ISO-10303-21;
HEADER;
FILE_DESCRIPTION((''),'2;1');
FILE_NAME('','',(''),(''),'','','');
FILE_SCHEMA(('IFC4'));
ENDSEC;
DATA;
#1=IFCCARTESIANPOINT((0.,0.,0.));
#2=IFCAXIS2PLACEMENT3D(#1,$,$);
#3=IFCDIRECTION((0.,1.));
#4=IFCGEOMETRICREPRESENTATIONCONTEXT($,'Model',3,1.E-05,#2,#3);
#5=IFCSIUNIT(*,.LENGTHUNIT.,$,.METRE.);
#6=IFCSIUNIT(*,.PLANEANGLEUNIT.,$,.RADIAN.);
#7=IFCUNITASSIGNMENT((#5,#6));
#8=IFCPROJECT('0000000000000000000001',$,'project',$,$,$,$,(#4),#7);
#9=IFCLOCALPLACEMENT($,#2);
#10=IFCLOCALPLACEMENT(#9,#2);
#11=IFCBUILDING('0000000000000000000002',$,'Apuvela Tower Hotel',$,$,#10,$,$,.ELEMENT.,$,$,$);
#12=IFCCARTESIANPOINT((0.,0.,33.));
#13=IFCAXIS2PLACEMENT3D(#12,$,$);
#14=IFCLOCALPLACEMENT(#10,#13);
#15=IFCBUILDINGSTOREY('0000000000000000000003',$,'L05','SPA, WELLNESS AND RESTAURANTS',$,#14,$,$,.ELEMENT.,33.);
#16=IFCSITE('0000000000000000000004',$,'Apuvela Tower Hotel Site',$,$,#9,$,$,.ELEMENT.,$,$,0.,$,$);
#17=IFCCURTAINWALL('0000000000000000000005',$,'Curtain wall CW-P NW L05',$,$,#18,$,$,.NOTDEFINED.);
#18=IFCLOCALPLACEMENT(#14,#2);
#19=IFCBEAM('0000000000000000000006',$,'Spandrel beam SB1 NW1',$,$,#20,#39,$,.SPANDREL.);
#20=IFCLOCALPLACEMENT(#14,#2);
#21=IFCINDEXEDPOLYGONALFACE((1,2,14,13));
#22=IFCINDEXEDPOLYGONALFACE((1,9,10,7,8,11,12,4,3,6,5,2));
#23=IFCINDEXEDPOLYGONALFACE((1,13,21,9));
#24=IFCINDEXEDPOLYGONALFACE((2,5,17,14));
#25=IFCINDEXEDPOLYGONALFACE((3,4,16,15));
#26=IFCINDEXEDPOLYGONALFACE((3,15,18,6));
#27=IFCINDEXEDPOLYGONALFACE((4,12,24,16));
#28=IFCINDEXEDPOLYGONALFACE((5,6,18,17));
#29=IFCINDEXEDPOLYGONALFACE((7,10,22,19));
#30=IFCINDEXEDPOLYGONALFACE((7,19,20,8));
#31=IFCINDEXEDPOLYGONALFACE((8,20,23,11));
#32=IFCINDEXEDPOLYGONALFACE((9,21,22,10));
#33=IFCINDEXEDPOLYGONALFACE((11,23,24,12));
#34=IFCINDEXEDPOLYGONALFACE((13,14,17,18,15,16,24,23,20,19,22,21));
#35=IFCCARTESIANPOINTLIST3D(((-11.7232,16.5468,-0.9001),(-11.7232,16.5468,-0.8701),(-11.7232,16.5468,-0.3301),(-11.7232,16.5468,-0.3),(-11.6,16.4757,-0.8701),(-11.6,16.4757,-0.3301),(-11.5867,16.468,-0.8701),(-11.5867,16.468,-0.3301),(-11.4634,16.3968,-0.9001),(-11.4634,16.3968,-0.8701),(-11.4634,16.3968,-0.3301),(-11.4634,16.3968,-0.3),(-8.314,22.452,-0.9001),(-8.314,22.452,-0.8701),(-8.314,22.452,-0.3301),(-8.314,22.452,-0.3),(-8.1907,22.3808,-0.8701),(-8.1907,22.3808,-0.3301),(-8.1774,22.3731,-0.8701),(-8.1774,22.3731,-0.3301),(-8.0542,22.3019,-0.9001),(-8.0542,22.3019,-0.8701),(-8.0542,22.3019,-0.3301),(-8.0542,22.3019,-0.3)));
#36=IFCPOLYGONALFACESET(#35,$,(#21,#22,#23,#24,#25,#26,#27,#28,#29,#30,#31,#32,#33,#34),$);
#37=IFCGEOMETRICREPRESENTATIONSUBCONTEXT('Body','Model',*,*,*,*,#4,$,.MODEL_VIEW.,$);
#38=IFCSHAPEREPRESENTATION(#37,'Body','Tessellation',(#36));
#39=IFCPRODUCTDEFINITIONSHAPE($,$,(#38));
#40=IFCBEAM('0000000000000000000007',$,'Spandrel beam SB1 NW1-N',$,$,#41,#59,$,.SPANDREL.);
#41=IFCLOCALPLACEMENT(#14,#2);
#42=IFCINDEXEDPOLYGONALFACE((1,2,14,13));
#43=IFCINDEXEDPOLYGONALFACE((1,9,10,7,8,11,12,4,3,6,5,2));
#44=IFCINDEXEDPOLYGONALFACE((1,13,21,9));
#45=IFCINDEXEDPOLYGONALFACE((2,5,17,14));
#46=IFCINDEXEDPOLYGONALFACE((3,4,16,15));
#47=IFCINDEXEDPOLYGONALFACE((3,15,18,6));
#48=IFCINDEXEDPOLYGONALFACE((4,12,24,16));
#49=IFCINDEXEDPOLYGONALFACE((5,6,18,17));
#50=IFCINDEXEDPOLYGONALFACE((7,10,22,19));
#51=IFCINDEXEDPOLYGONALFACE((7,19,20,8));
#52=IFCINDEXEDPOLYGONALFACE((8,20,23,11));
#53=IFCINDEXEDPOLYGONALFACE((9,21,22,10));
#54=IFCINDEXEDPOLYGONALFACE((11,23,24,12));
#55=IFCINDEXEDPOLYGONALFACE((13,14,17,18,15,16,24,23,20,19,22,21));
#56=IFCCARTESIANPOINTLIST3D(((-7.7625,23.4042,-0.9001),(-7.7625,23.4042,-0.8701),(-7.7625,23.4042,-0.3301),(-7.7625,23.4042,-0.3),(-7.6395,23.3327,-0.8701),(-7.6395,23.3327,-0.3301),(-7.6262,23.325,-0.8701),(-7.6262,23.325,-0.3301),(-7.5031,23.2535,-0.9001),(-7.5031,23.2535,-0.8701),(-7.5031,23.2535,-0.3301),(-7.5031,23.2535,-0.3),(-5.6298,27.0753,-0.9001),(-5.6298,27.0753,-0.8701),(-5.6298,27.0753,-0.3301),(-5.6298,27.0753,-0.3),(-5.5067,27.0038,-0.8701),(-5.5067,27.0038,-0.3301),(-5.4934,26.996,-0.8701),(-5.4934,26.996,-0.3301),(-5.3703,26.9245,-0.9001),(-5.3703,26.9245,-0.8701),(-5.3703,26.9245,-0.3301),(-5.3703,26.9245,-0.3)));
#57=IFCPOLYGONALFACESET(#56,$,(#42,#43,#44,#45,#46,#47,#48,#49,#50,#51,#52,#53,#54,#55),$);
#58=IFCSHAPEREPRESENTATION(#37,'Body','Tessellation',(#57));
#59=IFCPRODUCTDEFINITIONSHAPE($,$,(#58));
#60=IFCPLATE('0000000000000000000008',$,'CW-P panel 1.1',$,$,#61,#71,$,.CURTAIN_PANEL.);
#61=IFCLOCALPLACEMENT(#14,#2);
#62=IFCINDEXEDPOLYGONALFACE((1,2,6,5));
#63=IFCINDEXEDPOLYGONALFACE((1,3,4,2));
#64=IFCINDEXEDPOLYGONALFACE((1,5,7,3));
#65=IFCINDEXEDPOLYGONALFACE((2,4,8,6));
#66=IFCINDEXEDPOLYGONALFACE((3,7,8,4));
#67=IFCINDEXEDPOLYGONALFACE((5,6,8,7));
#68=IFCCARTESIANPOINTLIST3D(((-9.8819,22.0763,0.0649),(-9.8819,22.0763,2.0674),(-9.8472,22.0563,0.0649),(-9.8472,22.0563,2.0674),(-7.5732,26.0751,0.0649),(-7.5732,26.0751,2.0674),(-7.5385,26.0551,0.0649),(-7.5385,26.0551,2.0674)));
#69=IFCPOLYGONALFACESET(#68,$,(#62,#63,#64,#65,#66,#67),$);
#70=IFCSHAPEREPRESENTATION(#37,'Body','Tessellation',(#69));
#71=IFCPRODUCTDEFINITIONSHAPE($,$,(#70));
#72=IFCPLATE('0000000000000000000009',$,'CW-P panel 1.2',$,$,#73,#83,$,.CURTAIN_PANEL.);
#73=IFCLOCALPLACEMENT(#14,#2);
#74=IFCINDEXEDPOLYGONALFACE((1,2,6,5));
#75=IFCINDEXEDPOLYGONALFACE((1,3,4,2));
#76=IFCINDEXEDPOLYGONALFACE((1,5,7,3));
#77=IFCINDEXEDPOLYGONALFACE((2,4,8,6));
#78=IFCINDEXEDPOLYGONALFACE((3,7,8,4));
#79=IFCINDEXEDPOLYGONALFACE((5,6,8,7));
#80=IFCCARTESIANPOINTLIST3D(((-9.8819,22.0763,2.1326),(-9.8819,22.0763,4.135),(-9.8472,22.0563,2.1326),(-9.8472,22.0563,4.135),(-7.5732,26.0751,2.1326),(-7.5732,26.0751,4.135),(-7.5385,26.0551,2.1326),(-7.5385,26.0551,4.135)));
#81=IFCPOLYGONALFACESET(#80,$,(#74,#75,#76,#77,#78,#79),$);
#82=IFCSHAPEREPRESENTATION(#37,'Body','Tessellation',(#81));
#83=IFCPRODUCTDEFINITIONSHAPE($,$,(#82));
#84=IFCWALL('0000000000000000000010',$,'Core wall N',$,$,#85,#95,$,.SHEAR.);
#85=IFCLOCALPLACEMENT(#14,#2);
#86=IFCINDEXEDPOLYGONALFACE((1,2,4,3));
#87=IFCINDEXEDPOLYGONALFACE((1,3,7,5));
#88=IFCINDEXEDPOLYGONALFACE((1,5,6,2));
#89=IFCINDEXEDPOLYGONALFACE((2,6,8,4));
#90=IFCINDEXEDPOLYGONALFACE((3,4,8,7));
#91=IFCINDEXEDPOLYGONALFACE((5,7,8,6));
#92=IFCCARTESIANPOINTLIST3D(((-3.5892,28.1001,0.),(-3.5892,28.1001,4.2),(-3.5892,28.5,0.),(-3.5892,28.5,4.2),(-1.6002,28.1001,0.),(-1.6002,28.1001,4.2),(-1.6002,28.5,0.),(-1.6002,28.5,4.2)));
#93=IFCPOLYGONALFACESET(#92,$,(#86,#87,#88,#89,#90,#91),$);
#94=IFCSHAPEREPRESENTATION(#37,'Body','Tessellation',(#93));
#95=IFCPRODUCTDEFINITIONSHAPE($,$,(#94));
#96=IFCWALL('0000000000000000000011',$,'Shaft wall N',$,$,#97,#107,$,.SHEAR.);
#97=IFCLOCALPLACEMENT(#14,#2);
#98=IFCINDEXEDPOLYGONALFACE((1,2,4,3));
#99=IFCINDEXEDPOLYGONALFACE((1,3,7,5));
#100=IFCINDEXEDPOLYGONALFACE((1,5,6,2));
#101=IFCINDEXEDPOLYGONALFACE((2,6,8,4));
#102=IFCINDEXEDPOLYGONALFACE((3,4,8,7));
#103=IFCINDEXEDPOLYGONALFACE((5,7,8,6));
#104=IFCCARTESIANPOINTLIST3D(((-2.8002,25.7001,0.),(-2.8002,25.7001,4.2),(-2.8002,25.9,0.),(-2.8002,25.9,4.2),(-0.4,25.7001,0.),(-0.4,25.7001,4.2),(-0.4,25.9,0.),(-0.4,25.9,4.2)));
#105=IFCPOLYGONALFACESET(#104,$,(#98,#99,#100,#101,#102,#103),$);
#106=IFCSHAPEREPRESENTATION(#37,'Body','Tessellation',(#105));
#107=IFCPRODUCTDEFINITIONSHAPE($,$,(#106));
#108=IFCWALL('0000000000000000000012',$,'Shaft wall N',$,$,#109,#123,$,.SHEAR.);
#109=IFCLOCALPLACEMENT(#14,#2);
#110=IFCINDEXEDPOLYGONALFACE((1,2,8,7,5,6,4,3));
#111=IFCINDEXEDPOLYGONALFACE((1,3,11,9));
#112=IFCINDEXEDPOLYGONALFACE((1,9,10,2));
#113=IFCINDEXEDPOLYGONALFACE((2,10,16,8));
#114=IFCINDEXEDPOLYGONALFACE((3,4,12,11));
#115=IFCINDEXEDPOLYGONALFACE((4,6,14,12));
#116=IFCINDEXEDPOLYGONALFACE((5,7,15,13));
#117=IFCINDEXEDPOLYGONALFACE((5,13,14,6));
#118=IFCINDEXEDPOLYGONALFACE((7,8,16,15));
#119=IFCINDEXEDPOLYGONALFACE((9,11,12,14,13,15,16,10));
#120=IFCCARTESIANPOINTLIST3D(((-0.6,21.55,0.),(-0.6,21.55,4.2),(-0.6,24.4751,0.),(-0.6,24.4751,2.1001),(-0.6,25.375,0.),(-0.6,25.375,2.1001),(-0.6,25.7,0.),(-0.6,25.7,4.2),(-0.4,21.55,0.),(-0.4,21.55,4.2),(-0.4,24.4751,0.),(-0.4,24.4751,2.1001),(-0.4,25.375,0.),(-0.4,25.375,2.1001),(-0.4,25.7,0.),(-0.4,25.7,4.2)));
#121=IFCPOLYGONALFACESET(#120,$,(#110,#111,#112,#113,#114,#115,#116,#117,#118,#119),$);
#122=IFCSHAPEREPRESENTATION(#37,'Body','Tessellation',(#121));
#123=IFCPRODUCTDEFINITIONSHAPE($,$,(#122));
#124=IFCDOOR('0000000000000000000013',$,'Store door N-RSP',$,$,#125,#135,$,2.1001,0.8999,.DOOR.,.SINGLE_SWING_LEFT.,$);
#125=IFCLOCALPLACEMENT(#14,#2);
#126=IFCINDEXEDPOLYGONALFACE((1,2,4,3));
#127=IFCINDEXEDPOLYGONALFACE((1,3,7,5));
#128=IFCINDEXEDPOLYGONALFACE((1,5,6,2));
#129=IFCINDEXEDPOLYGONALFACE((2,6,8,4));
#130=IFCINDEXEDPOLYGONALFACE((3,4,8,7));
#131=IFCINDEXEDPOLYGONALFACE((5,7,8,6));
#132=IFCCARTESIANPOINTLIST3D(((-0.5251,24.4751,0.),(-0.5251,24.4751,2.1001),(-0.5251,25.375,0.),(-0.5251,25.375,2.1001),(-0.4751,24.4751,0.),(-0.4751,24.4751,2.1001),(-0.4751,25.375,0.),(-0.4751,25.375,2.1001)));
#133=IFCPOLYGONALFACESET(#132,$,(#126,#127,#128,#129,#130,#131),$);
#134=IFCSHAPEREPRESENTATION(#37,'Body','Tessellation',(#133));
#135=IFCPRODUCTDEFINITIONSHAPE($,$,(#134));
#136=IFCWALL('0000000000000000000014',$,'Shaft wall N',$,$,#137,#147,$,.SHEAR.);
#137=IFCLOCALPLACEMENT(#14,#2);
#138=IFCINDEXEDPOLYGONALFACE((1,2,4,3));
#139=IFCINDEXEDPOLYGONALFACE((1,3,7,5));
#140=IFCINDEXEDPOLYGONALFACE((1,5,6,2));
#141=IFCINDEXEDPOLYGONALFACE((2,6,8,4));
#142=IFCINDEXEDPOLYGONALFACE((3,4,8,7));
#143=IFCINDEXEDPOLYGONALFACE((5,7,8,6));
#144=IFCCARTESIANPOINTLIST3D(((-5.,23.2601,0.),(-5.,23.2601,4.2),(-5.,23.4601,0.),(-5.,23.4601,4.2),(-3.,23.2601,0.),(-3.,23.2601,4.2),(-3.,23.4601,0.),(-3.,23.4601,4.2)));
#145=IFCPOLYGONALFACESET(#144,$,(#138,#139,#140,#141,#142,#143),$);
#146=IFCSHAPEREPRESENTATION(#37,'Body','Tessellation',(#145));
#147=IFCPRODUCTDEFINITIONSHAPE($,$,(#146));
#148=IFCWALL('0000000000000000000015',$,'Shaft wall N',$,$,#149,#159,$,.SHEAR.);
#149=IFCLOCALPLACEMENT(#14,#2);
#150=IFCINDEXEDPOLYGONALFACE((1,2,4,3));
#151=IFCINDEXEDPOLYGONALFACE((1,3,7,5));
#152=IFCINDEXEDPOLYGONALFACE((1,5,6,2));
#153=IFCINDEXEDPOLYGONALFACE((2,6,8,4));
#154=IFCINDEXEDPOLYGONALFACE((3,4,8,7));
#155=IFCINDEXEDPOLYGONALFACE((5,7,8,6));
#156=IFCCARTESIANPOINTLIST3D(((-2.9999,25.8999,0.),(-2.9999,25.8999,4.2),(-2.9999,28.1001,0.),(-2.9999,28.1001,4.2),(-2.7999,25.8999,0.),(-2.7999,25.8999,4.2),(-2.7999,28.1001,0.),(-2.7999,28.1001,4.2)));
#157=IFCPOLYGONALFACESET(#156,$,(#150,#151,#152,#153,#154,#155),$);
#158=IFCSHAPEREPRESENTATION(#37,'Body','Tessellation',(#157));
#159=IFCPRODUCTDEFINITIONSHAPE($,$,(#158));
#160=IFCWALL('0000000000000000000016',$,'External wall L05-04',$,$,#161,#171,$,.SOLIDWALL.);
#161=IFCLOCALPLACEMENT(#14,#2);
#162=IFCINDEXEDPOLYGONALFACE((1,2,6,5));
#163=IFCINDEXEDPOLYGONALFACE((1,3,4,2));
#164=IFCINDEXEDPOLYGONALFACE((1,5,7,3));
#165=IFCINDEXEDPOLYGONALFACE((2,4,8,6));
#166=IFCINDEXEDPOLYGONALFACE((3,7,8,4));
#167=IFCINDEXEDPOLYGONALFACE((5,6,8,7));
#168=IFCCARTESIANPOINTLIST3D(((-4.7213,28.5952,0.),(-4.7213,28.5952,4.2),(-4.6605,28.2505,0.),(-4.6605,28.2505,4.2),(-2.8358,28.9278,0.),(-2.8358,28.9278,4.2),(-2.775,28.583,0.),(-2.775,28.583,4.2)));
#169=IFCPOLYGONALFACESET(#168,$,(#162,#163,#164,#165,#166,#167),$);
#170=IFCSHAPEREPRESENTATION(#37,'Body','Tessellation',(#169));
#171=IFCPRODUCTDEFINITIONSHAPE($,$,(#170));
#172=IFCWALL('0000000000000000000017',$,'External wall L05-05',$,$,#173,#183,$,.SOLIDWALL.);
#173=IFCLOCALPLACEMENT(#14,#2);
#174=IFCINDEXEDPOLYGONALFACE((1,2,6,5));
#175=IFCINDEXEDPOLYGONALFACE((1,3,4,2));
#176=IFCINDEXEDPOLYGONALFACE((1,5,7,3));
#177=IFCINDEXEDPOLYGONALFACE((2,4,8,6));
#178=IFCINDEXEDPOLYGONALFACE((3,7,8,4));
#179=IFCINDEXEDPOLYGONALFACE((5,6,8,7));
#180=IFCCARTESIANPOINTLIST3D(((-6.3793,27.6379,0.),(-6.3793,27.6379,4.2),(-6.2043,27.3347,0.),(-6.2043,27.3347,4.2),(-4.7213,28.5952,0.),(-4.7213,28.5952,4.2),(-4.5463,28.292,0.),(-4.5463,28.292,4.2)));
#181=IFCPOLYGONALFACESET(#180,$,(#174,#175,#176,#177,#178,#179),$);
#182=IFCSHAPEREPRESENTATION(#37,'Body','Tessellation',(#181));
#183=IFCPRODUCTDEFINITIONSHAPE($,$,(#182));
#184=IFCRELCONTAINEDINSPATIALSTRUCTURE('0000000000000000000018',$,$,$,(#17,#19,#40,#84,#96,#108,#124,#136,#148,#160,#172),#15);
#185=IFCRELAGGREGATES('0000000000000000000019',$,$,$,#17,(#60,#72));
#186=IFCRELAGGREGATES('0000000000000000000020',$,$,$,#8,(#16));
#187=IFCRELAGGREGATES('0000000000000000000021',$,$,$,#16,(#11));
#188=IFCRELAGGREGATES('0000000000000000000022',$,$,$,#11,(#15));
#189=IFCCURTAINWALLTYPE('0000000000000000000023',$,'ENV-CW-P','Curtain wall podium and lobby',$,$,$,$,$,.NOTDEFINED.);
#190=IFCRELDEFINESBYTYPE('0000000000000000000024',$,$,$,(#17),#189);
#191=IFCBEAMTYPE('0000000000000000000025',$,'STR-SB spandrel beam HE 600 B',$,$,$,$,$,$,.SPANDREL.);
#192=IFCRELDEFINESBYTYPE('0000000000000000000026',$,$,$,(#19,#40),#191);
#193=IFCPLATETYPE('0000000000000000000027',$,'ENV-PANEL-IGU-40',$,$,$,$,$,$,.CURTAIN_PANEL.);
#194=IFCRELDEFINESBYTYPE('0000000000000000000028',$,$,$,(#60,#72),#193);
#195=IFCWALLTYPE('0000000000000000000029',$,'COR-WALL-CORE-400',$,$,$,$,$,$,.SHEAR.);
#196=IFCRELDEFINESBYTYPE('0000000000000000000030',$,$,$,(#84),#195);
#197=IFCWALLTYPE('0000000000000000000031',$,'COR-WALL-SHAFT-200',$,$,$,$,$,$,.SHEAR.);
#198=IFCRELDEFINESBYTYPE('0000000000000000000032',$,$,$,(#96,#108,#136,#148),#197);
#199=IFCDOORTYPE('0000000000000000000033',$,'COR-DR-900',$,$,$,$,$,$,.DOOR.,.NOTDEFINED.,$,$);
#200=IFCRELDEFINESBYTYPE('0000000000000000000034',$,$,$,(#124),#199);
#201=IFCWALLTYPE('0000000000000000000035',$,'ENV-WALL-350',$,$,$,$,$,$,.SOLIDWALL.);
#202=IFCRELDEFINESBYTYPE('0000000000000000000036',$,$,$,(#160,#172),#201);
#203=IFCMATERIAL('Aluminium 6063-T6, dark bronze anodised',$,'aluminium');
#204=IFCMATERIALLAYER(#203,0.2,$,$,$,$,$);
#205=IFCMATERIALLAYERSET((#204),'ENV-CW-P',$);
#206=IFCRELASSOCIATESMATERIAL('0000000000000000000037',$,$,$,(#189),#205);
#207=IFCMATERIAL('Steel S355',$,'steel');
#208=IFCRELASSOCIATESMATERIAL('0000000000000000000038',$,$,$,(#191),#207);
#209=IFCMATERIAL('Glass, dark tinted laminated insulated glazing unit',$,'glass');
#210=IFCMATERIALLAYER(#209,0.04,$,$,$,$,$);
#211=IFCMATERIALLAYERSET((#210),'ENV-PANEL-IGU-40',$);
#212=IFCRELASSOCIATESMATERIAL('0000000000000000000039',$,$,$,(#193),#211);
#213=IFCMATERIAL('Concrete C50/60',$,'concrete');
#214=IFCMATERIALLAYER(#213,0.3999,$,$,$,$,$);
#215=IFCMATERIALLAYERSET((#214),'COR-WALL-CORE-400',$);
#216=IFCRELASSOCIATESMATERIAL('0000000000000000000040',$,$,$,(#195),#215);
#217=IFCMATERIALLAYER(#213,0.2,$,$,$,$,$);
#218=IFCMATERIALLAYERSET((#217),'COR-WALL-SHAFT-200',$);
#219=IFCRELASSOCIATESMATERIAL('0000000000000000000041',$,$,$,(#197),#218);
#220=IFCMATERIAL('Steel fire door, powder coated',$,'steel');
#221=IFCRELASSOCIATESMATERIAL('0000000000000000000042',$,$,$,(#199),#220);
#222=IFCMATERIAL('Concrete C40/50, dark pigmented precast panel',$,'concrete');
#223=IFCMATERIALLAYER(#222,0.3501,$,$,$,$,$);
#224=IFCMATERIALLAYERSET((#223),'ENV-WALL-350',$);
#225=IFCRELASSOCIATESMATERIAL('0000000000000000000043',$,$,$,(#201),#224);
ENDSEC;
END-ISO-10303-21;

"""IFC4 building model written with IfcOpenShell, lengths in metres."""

from ifc_helpers import new_model, si_unit, direction, frame, frame_2d, origin, origin_2d, place, context, subcontext, project, spatial, rectangle, i_section, extrude, material, layer, layer_set, material_profile, profile_set, type_object, element, fill, aggregate, save


model = new_model("IFC4")

# Units and contexts
model_context = context("Model", 3, precision=1e-05, world=origin(), true_north=direction((0.0, 1.0)))
body_context = subcontext(model_context, "Body", "Model", "MODEL_VIEW")
ifc_project = project(units=[si_unit("LENGTHUNIT", "METRE"), si_unit("PLANEANGLEUNIT", "RADIAN")], contexts=[model_context])

# Site, building, storey
site_placement = place(None, origin())
site = spatial("IfcSite", under=ifc_project, at=site_placement, Name="Apuvela Tower Hotel Site", CompositionType="ELEMENT", RefElevation=0.0)
building_placement = place(site_placement, origin())
building = spatial("IfcBuilding", under=site, at=building_placement, Name="Apuvela Tower Hotel", CompositionType="ELEMENT")
storey_placement = place(building_placement, frame((0.0, 0.0, 33.0)))
storey = spatial("IfcBuildingStorey", under=building, at=storey_placement, Name="L05", Description="SPA, WELLNESS AND RESTAURANTS", CompositionType="ELEMENT", Elevation=33.0)

# Curtain wall
ifc_material_1 = material(Name="Aluminium 6063-T6, dark bronze anodised", Category="aluminium")
ifc_layer_1 = layer(ifc_material_1, 0.2)
ifc_layer_set_1 = layer_set([ifc_layer_1], Name="ENV-CW-P")
curtain_wall_type = type_object("IfcCurtainWallType", Name="ENV-CW-P", Description="Curtain wall podium and lobby", PredefinedType="NOTDEFINED", material=ifc_layer_set_1)
curtain_wall_placement = place(storey_placement, origin())
curtain_wall = element("IfcCurtainWall", 1, at=curtain_wall_placement, inside=storey, type_object=curtain_wall_type, Name="Curtain wall CW-P NW L05", PredefinedType="NOTDEFINED")

# Beams
ifc_material_2 = material(Name="Steel S355", Category="steel")
ifc_material_profile_1 = material_profile(ifc_material_2, i_section(OverallWidth=0.3, OverallDepth=0.6001, WebThickness=0.0154, FlangeThickness=0.03, at=origin_2d()), Name="HE 600 B")
ifc_profile_set_1 = profile_set([ifc_material_profile_1], Name="Steel S355")
beam_type_1 = type_object("IfcBeamType", Name="STR-SB spandrel beam HE 600 B", PredefinedType="SPANDREL", material=ifc_profile_set_1)
beam_1_placement = place(storey_placement, frame((-8.1841, 22.377, -0.6001), z_axis=(-0.49999, -0.866031, 0.0), x_axis=(0.866031, -0.49999, 0.0)))
element("IfcBeam", 2, at=beam_1_placement, inside=storey, type_object=beam_type_1, Name="Spandrel beam SB1 NW1", PredefinedType="SPANDREL", context=body_context, shape_type="SweptSolid", body=[
    extrude(i_section(OverallWidth=0.3, OverallDepth=0.6001, WebThickness=0.0154, FlangeThickness=0.03, at=origin_2d()), origin(), (0.0, 0.0, 1.0), 6.8186),
])
beam_2_placement = place(storey_placement, frame((-7.6328, 23.3289, -0.6001), z_axis=(0.502344, 0.864668, 0.0), x_axis=(-0.864668, 0.502344, 0.0)))
element("IfcBeam", 3, at=beam_2_placement, inside=storey, type_object=beam_type_1, Name="Spandrel beam SB1 NW1-N", PredefinedType="SPANDREL", context=body_context, shape_type="SweptSolid", body=[
    extrude(i_section(OverallWidth=0.3, OverallDepth=0.6001, WebThickness=0.0154, FlangeThickness=0.03, at=origin_2d()), origin(), (0.0, 0.0, 1.0), 4.2456),
])

# Plates
ifc_material_3 = material(Name="Glass, dark tinted laminated insulated glazing unit", Category="glass")
ifc_layer_2 = layer(ifc_material_3, 0.04)
ifc_layer_set_2 = layer_set([ifc_layer_2], Name="ENV-PANEL-IGU-40")
plate_type = type_object("IfcPlateType", Name="ENV-PANEL-IGU-40", PredefinedType="CURTAIN_PANEL", material=ifc_layer_set_2)
plate_1_placement = place(storey_placement, frame((-8.7102, 24.0657, 0.0649), z_axis=(0.0, 0.0, 1.0), x_axis=(-0.5, -0.866026, 0.0)))
plate_1 = element("IfcPlate", 4, at=plate_1_placement, type_object=plate_type, Name="CW-P panel 1.1", PredefinedType="CURTAIN_PANEL", context=body_context, shape_type="SweptSolid", body=[
    extrude(rectangle(XDim=4.6174, YDim=0.04, at=origin_2d()), origin(), (0.0, 0.0, 1.0), 2.0024),
])
plate_2_placement = place(storey_placement, frame((-8.7102, 24.0657, 2.1326), z_axis=(0.0, 0.0, 1.0), x_axis=(-0.5, -0.866026, 0.0)))
plate_2 = element("IfcPlate", 5, at=plate_2_placement, type_object=plate_type, Name="CW-P panel 1.2", PredefinedType="CURTAIN_PANEL", context=body_context, shape_type="SweptSolid", body=[
    extrude(rectangle(XDim=4.6174, YDim=0.04, at=origin_2d()), origin(), (0.0, 0.0, 1.0), 2.0024),
])
aggregate(curtain_wall, [plate_1, plate_2])

# Walls
ifc_material_4 = material(Name="Concrete C50/60", Category="concrete")
ifc_layer_3 = layer(ifc_material_4, 0.3999)
ifc_layer_set_3 = layer_set([ifc_layer_3], Name="COR-WALL-CORE-400")
wall_type_1 = type_object("IfcWallType", Name="COR-WALL-CORE-400", PredefinedType="SHEAR", material=ifc_layer_set_3)
wall_1_placement = place(storey_placement, frame((-1.6001, 28.3, 0.0), z_axis=(0.0, 0.0, 1.0), x_axis=(-1.0, 0.0, 0.0)))
element("IfcWall", 6, at=wall_1_placement, inside=storey, type_object=wall_type_1, Name="Core wall N", PredefinedType="SHEAR", context=body_context, shape_type="SweptSolid", body=[
    extrude(rectangle(XDim=1.989, YDim=0.3999, at=frame_2d((0.9946, 0.0))), origin(), (0.0, 0.0, 1.0), 4.2),
])
ifc_layer_4 = layer(ifc_material_4, 0.2)
ifc_layer_set_4 = layer_set([ifc_layer_4], Name="COR-WALL-SHAFT-200")
wall_type_2 = type_object("IfcWallType", Name="COR-WALL-SHAFT-200", PredefinedType="SHEAR", material=ifc_layer_set_4)
wall_2_placement = place(storey_placement, frame((-0.3999, 25.8, 0.0), z_axis=(0.0, 0.0, 1.0), x_axis=(-1.0, 0.0, 0.0)))
element("IfcWall", 7, at=wall_2_placement, inside=storey, type_object=wall_type_2, Name="Shaft wall N", PredefinedType="SHEAR", context=body_context, shape_type="SweptSolid", body=[
    extrude(rectangle(XDim=2.4001, YDim=0.2, at=frame_2d((1.2002, 0.0))), origin(), (0.0, 0.0, 1.0), 4.2),
])

# Wall, opening, door
wall_3_placement = place(storey_placement, frame((-0.5, 21.55, 0.0), z_axis=(0.0, 0.0, 1.0), x_axis=(0.0, 1.0, 0.0)))
wall_3 = element("IfcWall", 8, at=wall_3_placement, inside=storey, type_object=wall_type_2, Name="Shaft wall N", PredefinedType="SHEAR", context=body_context, shape_type="SweptSolid", body=[
    extrude(rectangle(XDim=4.1499, YDim=0.2, at=frame_2d((2.075, 0.0))), origin(), (0.0, 0.0, 1.0), 4.2),
])
opening_placement = place(wall_3_placement, frame((2.925, 0.0, 0.0)))
opening = element("IfcOpeningElement", 9, at=opening_placement, cuts=wall_3, PredefinedType="OPENING", context=body_context, shape_type="SweptSolid", body=[
    extrude(rectangle(XDim=0.8999, YDim=2.1001, at=frame_2d((0.45, 1.05))), frame((0.0, 0.1099, 0.0), z_axis=(0.0, -1.0, 0.0), x_axis=(1.0, 0.0, 0.0)), (0.0, 0.0, 1.0), 0.22),
])
ifc_material_5 = material(Name="Steel fire door, powder coated", Category="steel")
door_type = type_object("IfcDoorType", Name="COR-DR-900", OperationType="NOTDEFINED", PredefinedType="DOOR", material=ifc_material_5)
door_placement = place(opening_placement, frame((0.8999, 0.0, 0.0), z_axis=(0.0, 0.0, 1.0), x_axis=(-1.0, 0.0, 0.0)))
door = element("IfcDoor", 10, at=door_placement, inside=storey, type_object=door_type, Name="Store door N-RSP", OperationType="SINGLE_SWING_LEFT", OverallHeight=2.1001, OverallWidth=0.8999, PredefinedType="DOOR", context=body_context, shape_type="SweptSolid", body=[
    extrude(rectangle(XDim=0.8999, YDim=2.1001, at=frame_2d((0.45, 1.05))), frame((0.0, 0.0249, 0.0), z_axis=(0.0, -1.0, 0.0), x_axis=(1.0, 0.0, 0.0)), (0.0, 0.0, 1.0), 0.05),
])
fill(opening, door)

# Walls
wall_4_placement = place(storey_placement, frame((-3.0, 23.3601, 0.0), z_axis=(0.0, 0.0, 1.0), x_axis=(-1.0, 0.0, 0.0)))
element("IfcWall", 11, at=wall_4_placement, inside=storey, type_object=wall_type_2, Name="Shaft wall N", PredefinedType="SHEAR", context=body_context, shape_type="SweptSolid", body=[
    extrude(rectangle(XDim=2.0, YDim=0.2, at=frame_2d((1.0, 0.0))), origin(), (0.0, 0.0, 1.0), 4.2),
])
wall_5_placement = place(storey_placement, frame((-2.8999, 25.8999, 0.0), z_axis=(0.0, 0.0, 1.0), x_axis=(0.0, 1.0, 0.0)))
element("IfcWall", 12, at=wall_5_placement, inside=storey, type_object=wall_type_2, Name="Shaft wall N", PredefinedType="SHEAR", context=body_context, shape_type="SweptSolid", body=[
    extrude(rectangle(XDim=2.2002, YDim=0.2, at=frame_2d((1.1001, 0.0))), origin(), (0.0, 0.0, 1.0), 4.2),
])
ifc_material_6 = material(Name="Concrete C40/50, dark pigmented precast panel", Category="concrete")
ifc_layer_5 = layer(ifc_material_6, 0.3501)
ifc_layer_set_5 = layer_set([ifc_layer_5], Name="ENV-WALL-350")
wall_type_3 = type_object("IfcWallType", Name="ENV-WALL-350", PredefinedType="SOLIDWALL", material=ifc_layer_set_5)
for number, where, z_axis, x_axis, name in (
    (13, (-2.8054, 28.7554, 0.0), (0.0, 0.0, 1.0), (-0.984803, -0.173676, 0.0), "External wall L05-04"),
    (14, (-4.6338, 28.4436, 0.0), (0.0, 0.0, 1.0), (-0.866014, -0.50002, 0.0), "External wall L05-05"),
):
    element("IfcWall", number, at=place(storey_placement, frame(where, z_axis=z_axis, x_axis=x_axis)), inside=storey, type_object=wall_type_3, Name=name, PredefinedType="SOLIDWALL", context=body_context, shape_type="SweptSolid", body=[
        extrude(rectangle(XDim=1.9146, YDim=0.3501, at=frame_2d((0.9573, 0.0))), origin(), (0.0, 0.0, 1.0), 4.2),
    ])

save(model, "model.ifc")
